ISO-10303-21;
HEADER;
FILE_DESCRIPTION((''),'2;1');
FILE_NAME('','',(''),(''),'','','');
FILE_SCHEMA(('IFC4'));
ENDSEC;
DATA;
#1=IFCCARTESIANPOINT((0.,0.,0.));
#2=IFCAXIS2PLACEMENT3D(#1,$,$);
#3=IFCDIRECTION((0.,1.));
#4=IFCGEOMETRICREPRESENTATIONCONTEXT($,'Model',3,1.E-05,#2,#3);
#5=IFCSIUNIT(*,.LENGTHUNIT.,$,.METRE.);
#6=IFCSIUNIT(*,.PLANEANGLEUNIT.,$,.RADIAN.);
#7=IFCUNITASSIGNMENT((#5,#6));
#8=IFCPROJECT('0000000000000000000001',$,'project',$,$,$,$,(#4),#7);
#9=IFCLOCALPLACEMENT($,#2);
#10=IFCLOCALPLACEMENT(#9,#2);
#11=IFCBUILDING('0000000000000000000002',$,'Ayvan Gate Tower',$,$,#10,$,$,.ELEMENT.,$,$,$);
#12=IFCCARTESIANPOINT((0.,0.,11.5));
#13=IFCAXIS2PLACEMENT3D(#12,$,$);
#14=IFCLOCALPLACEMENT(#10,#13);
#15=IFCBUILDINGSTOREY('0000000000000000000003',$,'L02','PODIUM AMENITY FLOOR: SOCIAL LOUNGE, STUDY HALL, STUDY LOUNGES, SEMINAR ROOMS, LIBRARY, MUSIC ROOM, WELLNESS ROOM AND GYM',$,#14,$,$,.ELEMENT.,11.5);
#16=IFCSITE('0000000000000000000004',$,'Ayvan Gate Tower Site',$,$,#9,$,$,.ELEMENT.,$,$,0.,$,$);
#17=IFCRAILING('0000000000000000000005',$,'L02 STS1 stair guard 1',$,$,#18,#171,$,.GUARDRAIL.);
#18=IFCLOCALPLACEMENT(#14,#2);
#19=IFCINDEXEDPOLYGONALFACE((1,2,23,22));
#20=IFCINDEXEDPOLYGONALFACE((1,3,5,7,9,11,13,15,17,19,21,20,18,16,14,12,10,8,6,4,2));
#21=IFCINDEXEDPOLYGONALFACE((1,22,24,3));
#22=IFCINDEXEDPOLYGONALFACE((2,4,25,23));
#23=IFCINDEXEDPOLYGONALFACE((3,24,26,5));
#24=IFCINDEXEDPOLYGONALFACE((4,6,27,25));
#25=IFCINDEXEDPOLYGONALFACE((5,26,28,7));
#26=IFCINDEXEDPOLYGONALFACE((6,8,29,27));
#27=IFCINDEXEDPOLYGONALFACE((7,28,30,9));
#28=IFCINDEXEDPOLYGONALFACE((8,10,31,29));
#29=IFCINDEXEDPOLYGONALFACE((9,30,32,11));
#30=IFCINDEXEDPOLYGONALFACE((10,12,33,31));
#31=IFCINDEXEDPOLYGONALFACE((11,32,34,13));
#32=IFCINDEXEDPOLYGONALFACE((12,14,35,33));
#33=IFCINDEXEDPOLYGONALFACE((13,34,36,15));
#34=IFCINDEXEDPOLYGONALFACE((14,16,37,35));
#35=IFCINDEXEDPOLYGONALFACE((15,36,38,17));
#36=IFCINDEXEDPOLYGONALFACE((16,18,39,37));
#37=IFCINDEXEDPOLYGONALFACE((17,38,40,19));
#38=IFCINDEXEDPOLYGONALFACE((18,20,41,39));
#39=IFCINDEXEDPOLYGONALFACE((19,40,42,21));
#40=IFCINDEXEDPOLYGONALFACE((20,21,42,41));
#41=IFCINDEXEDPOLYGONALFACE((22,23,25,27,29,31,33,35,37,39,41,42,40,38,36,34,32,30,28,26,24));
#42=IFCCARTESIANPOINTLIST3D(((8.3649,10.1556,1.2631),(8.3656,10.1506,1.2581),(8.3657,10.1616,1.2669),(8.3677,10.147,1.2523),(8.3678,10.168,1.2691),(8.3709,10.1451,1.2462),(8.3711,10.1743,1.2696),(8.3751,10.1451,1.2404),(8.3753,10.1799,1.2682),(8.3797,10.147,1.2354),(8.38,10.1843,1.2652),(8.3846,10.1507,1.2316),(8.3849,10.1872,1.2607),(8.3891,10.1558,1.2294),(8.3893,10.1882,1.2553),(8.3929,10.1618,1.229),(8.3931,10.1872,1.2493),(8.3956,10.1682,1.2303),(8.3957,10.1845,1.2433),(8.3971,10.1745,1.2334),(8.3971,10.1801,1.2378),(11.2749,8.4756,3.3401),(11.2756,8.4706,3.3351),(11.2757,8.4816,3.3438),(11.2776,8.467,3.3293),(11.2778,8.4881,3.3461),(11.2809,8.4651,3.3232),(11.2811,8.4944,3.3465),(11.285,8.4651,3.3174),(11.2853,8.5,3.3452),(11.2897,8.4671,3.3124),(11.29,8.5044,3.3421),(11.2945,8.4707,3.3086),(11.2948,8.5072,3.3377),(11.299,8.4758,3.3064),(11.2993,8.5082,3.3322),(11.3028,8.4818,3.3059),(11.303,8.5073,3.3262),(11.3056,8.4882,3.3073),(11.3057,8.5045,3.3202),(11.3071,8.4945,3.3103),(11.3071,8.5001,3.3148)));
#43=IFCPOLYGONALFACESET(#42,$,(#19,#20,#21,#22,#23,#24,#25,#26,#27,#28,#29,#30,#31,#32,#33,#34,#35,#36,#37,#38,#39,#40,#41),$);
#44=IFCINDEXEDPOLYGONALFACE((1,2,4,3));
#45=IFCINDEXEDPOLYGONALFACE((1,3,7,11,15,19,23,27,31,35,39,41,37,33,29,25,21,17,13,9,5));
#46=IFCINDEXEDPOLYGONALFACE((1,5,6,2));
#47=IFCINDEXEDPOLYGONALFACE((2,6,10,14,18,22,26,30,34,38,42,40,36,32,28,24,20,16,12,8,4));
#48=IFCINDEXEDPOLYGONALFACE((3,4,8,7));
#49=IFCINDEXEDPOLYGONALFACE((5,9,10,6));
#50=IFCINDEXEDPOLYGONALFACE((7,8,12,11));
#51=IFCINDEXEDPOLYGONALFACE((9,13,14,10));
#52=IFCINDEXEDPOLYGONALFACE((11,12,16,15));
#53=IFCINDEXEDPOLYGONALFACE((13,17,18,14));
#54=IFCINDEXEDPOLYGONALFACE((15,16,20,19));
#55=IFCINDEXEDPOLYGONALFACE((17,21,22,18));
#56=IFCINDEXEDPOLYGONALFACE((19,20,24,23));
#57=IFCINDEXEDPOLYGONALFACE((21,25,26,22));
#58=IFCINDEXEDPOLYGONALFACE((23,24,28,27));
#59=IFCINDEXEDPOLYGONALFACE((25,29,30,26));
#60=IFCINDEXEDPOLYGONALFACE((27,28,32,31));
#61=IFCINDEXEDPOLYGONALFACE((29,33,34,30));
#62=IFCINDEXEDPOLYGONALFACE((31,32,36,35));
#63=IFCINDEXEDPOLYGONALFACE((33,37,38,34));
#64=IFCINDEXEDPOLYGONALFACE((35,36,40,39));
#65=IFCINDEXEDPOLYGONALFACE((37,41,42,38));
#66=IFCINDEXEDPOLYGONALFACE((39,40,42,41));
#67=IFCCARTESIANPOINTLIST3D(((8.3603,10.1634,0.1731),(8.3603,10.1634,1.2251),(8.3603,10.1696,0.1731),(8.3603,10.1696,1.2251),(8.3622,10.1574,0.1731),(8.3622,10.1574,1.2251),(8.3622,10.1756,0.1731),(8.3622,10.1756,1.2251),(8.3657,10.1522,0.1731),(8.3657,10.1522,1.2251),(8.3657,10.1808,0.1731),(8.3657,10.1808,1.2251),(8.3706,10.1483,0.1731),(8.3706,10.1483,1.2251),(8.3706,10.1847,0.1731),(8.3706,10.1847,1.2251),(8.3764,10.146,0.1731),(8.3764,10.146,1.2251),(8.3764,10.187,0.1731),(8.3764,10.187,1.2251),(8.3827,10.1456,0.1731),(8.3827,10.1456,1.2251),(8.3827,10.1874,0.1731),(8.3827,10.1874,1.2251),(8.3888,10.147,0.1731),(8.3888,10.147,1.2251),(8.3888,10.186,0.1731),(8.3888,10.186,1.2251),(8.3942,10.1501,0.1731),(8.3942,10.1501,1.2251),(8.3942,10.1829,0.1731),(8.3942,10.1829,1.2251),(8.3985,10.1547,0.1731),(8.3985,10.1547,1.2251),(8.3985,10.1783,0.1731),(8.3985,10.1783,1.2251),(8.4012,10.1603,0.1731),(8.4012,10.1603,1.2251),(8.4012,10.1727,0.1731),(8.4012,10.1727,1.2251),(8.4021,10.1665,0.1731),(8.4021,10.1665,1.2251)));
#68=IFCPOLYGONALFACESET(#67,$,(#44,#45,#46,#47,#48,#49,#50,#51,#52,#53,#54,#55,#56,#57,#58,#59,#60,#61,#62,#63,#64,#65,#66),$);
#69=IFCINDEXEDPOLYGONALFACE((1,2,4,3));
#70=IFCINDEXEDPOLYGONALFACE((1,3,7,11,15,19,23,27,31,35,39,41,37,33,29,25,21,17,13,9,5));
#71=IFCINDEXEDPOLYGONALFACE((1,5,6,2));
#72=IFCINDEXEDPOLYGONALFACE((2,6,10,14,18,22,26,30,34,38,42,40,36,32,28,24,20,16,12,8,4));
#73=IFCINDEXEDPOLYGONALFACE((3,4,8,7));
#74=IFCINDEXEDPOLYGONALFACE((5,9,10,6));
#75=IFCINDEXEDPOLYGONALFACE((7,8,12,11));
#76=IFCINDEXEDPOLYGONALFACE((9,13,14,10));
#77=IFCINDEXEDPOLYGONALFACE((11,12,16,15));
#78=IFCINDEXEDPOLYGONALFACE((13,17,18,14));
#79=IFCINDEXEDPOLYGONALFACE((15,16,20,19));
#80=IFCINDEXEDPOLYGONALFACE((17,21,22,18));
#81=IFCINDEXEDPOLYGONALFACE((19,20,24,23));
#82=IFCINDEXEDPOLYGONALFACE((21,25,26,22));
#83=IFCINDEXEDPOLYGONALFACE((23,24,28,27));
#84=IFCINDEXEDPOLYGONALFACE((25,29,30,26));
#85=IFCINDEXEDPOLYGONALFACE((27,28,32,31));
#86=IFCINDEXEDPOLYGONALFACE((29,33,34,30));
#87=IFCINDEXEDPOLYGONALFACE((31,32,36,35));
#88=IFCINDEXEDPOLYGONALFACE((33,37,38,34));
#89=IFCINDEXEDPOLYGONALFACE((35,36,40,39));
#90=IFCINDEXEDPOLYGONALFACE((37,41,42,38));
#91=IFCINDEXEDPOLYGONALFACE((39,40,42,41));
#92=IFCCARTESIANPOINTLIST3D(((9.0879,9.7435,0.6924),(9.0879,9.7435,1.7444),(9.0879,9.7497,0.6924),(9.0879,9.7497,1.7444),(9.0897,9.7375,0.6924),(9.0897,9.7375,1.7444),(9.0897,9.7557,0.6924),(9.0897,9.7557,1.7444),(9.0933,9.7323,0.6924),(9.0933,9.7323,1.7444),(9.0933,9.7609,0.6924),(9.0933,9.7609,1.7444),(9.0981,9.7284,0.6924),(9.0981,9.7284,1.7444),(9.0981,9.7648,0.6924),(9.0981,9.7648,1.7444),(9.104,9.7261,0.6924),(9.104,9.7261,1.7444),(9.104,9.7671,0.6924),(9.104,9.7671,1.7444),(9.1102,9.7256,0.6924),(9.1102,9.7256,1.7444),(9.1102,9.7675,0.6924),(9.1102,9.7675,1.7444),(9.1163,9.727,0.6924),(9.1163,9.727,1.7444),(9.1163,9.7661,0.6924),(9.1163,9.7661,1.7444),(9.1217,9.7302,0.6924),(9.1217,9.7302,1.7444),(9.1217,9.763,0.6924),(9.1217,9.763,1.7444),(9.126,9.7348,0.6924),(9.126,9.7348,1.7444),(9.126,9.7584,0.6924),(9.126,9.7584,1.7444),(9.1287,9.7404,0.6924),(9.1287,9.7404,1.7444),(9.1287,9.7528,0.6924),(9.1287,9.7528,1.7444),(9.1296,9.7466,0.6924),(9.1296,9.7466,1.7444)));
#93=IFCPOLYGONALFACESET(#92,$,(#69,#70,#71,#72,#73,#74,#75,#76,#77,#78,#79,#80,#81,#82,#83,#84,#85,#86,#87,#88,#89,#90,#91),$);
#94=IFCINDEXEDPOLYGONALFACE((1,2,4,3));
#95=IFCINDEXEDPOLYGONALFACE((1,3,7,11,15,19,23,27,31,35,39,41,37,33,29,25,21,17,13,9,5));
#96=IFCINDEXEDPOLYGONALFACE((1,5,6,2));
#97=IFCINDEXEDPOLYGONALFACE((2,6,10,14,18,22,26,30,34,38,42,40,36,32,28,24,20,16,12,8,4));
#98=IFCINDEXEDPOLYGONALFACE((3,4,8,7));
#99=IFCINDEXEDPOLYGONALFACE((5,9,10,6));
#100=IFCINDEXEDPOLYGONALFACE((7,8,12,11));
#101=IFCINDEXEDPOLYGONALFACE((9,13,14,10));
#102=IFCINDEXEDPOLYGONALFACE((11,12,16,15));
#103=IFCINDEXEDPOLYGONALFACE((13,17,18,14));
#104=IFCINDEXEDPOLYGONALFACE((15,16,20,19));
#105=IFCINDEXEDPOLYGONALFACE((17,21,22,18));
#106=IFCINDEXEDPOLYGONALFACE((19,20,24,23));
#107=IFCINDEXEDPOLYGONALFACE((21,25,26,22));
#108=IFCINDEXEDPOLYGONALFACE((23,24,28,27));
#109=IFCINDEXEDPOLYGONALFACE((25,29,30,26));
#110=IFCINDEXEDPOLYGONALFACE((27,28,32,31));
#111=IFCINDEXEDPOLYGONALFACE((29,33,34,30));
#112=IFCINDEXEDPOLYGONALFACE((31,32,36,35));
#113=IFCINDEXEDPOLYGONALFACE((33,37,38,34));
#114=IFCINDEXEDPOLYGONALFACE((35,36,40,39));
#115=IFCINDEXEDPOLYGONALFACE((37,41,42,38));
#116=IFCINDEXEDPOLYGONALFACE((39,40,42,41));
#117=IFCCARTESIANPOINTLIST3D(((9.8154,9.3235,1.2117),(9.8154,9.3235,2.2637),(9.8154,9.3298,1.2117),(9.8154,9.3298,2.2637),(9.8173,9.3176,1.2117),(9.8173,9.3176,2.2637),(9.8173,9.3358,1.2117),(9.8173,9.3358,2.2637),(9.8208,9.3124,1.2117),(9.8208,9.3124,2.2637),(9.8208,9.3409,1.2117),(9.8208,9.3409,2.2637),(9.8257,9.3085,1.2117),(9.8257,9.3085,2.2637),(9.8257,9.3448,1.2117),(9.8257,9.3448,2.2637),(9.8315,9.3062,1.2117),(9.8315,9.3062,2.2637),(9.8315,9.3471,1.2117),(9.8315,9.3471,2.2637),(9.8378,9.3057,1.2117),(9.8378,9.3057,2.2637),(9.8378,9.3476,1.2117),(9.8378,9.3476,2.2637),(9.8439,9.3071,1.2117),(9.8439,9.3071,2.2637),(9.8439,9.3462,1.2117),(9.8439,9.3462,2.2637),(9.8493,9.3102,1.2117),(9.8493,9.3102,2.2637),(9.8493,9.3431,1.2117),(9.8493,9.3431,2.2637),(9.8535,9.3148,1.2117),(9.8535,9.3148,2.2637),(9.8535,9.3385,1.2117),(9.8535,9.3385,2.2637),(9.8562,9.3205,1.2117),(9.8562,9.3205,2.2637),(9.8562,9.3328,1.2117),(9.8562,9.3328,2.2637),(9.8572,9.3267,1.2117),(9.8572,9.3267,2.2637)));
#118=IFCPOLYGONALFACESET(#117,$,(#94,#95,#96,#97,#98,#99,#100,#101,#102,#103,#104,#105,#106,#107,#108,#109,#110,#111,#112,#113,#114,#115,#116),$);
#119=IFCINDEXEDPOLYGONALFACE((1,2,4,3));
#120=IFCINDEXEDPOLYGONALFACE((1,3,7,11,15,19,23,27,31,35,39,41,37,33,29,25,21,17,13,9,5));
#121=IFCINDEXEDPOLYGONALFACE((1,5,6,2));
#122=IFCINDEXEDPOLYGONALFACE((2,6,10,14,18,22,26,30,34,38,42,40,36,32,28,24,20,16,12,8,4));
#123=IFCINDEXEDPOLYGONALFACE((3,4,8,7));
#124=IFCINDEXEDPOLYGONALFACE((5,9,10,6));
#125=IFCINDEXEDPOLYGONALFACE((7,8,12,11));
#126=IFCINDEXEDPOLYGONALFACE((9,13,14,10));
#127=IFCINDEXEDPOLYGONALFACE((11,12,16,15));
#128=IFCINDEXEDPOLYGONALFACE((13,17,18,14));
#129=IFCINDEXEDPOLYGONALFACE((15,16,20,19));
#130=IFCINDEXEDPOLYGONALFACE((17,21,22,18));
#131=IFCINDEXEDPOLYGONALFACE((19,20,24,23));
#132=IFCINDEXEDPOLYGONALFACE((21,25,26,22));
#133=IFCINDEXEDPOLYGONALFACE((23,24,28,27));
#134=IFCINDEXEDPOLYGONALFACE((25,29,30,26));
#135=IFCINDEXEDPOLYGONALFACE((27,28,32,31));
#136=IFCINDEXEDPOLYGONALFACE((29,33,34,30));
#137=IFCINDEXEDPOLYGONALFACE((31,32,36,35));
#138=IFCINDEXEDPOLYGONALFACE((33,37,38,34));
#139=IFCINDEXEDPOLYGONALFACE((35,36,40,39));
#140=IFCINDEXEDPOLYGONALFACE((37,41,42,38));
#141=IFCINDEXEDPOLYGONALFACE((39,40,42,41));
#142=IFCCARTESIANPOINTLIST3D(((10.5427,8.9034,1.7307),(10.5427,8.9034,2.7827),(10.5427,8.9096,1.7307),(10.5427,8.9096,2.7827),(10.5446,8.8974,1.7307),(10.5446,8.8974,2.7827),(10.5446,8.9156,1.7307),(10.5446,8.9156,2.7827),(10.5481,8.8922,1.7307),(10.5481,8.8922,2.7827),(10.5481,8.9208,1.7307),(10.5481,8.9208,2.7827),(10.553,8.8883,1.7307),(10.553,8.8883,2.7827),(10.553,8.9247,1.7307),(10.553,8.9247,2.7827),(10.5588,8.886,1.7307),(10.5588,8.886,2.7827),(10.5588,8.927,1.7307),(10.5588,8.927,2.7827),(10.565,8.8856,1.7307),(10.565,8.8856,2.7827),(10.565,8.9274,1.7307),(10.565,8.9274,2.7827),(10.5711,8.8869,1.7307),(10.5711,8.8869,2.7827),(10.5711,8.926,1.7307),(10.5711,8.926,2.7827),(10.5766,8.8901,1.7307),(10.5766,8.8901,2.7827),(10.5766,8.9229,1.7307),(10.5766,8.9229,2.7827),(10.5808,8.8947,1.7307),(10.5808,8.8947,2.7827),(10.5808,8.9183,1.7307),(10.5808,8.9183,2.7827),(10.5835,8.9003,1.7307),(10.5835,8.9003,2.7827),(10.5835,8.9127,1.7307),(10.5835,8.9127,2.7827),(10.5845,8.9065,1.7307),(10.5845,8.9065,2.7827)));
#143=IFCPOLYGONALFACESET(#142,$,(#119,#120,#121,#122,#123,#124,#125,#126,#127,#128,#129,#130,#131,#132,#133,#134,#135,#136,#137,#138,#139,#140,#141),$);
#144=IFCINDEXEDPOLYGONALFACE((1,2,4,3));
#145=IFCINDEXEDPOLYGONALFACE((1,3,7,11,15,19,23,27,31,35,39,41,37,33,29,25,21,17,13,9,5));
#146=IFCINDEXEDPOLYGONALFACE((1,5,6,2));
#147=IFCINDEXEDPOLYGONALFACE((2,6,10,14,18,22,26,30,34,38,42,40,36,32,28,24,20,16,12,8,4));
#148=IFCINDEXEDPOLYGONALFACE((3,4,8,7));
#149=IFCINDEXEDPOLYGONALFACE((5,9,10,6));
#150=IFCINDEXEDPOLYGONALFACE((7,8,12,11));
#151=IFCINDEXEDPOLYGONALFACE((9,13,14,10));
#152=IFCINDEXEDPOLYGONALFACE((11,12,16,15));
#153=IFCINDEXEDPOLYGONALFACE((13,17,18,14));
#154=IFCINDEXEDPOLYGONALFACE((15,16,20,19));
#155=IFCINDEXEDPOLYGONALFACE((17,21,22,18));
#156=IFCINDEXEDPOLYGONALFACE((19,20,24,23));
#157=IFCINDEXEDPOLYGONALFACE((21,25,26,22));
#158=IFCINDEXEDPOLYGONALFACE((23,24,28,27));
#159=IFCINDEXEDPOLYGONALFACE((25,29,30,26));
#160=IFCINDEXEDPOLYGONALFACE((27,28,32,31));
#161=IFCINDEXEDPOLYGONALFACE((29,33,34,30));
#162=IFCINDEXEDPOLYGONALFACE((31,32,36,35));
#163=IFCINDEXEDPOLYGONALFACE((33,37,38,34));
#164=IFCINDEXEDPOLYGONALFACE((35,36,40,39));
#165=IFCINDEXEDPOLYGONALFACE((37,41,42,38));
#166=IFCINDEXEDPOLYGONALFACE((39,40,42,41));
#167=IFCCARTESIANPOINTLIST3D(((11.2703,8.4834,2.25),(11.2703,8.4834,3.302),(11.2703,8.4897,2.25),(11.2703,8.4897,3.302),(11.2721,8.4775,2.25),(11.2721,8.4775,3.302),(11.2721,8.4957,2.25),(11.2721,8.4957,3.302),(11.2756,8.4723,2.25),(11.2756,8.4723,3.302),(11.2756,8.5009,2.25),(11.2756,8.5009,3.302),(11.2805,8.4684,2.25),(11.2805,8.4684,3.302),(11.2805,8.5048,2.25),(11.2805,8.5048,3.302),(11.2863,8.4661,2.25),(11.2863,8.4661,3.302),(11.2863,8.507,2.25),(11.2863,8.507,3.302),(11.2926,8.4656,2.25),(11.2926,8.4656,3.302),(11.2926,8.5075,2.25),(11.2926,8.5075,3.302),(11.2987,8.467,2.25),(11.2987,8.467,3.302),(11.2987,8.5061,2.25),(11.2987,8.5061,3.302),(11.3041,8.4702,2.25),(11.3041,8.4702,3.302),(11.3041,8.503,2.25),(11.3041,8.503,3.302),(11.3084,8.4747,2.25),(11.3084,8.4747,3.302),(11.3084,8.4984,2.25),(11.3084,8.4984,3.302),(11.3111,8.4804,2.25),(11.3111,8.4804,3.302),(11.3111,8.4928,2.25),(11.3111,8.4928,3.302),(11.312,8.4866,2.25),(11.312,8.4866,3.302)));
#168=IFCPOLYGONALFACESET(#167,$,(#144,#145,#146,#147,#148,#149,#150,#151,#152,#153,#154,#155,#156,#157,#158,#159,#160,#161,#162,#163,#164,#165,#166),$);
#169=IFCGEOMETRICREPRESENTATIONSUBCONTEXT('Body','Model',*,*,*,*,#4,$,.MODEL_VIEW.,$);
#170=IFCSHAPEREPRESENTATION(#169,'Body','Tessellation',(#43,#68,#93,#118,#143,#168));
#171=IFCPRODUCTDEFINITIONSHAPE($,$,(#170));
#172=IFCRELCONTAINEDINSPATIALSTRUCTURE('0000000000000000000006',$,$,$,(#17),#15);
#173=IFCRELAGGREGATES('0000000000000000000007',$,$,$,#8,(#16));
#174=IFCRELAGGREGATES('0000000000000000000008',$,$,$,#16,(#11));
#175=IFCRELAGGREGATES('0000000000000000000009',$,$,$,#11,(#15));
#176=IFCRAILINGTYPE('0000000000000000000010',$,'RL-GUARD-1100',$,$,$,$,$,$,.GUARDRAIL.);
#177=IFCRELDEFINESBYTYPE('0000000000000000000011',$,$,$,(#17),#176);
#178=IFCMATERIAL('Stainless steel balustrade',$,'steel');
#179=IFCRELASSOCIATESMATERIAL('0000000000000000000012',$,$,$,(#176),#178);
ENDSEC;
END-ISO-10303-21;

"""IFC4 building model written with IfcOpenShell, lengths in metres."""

from ifc_helpers import new_model, si_unit, direction, frame, origin, origin_2d, place, context, subcontext, project, spatial, circle, extrude, material, type_object, element, save


model = new_model("IFC4")

# Units and contexts
model_context = context("Model", 3, precision=1e-05, world=origin(), true_north=direction((0.0, 1.0)))
body_context = subcontext(model_context, "Body", "Model", "MODEL_VIEW")
ifc_project = project(units=[si_unit("LENGTHUNIT", "METRE"), si_unit("PLANEANGLEUNIT", "RADIAN")], contexts=[model_context])

# Site, building, storey
site_placement = place(None, origin())
site = spatial("IfcSite", under=ifc_project, at=site_placement, Name="Ayvan Gate Tower Site", CompositionType="ELEMENT", RefElevation=0.0)
building_placement = place(site_placement, origin())
building = spatial("IfcBuilding", under=site, at=building_placement, Name="Ayvan Gate Tower", CompositionType="ELEMENT")
storey_placement = place(building_placement, frame((0.0, 0.0, 11.5)))
storey = spatial("IfcBuildingStorey", under=building, at=storey_placement, Name="L02", Description="PODIUM AMENITY FLOOR: SOCIAL LOUNGE, STUDY HALL, STUDY LOUNGES, SEMINAR ROOMS, LIBRARY, MUSIC ROOM, WELLNESS ROOM AND GYM", CompositionType="ELEMENT", Elevation=11.5)

# Railing
ifc_material_1 = material(Name="Stainless steel balustrade", Category="steel")
railing_type_1 = type_object("IfcRailingType", Name="RL-GUARD-1100", PredefinedType="GUARDRAIL", material=ifc_material_1)
railing_1_placement = place(storey_placement, frame((8.3811, 10.1665, 0.1731)))
element("IfcRailing", 1, at=railing_1_placement, inside=storey, type_object=railing_type_1, Name="L02 STS1 stair guard 1", PredefinedType="GUARDRAIL", context=body_context, shape_type="SweptSolid", body=[
    extrude(circle(Radius=0.0239, at=origin_2d()), frame((0.0, 0.0, 1.0762), z_axis=(0.736668, -0.425288, 0.525785), x_axis=(0.499976, 0.866039, 0.0)), (0.0, 0.0, 1.0), 3.9502),
    extrude(circle(Radius=0.021, at=origin_2d()), origin(), (0.0, 0.0, 1.0), 1.052),
    extrude(circle(Radius=0.021, at=origin_2d()), frame((0.7275, -0.4199, 0.5193)), (0.0, 0.0, 1.0), 1.052),
    extrude(circle(Radius=0.021, at=origin_2d()), frame((1.4551, -0.8398, 1.0386)), (0.0, 0.0, 1.0), 1.052),
    extrude(circle(Radius=0.021, at=origin_2d()), frame((2.1824, -1.26, 1.5576)), (0.0, 0.0, 1.0), 1.052),
    extrude(circle(Radius=0.021, at=origin_2d()), frame((2.9099, -1.6799, 2.0769)), (0.0, 0.0, 1.0), 1.052),
])

save(model, "model.ifc")
